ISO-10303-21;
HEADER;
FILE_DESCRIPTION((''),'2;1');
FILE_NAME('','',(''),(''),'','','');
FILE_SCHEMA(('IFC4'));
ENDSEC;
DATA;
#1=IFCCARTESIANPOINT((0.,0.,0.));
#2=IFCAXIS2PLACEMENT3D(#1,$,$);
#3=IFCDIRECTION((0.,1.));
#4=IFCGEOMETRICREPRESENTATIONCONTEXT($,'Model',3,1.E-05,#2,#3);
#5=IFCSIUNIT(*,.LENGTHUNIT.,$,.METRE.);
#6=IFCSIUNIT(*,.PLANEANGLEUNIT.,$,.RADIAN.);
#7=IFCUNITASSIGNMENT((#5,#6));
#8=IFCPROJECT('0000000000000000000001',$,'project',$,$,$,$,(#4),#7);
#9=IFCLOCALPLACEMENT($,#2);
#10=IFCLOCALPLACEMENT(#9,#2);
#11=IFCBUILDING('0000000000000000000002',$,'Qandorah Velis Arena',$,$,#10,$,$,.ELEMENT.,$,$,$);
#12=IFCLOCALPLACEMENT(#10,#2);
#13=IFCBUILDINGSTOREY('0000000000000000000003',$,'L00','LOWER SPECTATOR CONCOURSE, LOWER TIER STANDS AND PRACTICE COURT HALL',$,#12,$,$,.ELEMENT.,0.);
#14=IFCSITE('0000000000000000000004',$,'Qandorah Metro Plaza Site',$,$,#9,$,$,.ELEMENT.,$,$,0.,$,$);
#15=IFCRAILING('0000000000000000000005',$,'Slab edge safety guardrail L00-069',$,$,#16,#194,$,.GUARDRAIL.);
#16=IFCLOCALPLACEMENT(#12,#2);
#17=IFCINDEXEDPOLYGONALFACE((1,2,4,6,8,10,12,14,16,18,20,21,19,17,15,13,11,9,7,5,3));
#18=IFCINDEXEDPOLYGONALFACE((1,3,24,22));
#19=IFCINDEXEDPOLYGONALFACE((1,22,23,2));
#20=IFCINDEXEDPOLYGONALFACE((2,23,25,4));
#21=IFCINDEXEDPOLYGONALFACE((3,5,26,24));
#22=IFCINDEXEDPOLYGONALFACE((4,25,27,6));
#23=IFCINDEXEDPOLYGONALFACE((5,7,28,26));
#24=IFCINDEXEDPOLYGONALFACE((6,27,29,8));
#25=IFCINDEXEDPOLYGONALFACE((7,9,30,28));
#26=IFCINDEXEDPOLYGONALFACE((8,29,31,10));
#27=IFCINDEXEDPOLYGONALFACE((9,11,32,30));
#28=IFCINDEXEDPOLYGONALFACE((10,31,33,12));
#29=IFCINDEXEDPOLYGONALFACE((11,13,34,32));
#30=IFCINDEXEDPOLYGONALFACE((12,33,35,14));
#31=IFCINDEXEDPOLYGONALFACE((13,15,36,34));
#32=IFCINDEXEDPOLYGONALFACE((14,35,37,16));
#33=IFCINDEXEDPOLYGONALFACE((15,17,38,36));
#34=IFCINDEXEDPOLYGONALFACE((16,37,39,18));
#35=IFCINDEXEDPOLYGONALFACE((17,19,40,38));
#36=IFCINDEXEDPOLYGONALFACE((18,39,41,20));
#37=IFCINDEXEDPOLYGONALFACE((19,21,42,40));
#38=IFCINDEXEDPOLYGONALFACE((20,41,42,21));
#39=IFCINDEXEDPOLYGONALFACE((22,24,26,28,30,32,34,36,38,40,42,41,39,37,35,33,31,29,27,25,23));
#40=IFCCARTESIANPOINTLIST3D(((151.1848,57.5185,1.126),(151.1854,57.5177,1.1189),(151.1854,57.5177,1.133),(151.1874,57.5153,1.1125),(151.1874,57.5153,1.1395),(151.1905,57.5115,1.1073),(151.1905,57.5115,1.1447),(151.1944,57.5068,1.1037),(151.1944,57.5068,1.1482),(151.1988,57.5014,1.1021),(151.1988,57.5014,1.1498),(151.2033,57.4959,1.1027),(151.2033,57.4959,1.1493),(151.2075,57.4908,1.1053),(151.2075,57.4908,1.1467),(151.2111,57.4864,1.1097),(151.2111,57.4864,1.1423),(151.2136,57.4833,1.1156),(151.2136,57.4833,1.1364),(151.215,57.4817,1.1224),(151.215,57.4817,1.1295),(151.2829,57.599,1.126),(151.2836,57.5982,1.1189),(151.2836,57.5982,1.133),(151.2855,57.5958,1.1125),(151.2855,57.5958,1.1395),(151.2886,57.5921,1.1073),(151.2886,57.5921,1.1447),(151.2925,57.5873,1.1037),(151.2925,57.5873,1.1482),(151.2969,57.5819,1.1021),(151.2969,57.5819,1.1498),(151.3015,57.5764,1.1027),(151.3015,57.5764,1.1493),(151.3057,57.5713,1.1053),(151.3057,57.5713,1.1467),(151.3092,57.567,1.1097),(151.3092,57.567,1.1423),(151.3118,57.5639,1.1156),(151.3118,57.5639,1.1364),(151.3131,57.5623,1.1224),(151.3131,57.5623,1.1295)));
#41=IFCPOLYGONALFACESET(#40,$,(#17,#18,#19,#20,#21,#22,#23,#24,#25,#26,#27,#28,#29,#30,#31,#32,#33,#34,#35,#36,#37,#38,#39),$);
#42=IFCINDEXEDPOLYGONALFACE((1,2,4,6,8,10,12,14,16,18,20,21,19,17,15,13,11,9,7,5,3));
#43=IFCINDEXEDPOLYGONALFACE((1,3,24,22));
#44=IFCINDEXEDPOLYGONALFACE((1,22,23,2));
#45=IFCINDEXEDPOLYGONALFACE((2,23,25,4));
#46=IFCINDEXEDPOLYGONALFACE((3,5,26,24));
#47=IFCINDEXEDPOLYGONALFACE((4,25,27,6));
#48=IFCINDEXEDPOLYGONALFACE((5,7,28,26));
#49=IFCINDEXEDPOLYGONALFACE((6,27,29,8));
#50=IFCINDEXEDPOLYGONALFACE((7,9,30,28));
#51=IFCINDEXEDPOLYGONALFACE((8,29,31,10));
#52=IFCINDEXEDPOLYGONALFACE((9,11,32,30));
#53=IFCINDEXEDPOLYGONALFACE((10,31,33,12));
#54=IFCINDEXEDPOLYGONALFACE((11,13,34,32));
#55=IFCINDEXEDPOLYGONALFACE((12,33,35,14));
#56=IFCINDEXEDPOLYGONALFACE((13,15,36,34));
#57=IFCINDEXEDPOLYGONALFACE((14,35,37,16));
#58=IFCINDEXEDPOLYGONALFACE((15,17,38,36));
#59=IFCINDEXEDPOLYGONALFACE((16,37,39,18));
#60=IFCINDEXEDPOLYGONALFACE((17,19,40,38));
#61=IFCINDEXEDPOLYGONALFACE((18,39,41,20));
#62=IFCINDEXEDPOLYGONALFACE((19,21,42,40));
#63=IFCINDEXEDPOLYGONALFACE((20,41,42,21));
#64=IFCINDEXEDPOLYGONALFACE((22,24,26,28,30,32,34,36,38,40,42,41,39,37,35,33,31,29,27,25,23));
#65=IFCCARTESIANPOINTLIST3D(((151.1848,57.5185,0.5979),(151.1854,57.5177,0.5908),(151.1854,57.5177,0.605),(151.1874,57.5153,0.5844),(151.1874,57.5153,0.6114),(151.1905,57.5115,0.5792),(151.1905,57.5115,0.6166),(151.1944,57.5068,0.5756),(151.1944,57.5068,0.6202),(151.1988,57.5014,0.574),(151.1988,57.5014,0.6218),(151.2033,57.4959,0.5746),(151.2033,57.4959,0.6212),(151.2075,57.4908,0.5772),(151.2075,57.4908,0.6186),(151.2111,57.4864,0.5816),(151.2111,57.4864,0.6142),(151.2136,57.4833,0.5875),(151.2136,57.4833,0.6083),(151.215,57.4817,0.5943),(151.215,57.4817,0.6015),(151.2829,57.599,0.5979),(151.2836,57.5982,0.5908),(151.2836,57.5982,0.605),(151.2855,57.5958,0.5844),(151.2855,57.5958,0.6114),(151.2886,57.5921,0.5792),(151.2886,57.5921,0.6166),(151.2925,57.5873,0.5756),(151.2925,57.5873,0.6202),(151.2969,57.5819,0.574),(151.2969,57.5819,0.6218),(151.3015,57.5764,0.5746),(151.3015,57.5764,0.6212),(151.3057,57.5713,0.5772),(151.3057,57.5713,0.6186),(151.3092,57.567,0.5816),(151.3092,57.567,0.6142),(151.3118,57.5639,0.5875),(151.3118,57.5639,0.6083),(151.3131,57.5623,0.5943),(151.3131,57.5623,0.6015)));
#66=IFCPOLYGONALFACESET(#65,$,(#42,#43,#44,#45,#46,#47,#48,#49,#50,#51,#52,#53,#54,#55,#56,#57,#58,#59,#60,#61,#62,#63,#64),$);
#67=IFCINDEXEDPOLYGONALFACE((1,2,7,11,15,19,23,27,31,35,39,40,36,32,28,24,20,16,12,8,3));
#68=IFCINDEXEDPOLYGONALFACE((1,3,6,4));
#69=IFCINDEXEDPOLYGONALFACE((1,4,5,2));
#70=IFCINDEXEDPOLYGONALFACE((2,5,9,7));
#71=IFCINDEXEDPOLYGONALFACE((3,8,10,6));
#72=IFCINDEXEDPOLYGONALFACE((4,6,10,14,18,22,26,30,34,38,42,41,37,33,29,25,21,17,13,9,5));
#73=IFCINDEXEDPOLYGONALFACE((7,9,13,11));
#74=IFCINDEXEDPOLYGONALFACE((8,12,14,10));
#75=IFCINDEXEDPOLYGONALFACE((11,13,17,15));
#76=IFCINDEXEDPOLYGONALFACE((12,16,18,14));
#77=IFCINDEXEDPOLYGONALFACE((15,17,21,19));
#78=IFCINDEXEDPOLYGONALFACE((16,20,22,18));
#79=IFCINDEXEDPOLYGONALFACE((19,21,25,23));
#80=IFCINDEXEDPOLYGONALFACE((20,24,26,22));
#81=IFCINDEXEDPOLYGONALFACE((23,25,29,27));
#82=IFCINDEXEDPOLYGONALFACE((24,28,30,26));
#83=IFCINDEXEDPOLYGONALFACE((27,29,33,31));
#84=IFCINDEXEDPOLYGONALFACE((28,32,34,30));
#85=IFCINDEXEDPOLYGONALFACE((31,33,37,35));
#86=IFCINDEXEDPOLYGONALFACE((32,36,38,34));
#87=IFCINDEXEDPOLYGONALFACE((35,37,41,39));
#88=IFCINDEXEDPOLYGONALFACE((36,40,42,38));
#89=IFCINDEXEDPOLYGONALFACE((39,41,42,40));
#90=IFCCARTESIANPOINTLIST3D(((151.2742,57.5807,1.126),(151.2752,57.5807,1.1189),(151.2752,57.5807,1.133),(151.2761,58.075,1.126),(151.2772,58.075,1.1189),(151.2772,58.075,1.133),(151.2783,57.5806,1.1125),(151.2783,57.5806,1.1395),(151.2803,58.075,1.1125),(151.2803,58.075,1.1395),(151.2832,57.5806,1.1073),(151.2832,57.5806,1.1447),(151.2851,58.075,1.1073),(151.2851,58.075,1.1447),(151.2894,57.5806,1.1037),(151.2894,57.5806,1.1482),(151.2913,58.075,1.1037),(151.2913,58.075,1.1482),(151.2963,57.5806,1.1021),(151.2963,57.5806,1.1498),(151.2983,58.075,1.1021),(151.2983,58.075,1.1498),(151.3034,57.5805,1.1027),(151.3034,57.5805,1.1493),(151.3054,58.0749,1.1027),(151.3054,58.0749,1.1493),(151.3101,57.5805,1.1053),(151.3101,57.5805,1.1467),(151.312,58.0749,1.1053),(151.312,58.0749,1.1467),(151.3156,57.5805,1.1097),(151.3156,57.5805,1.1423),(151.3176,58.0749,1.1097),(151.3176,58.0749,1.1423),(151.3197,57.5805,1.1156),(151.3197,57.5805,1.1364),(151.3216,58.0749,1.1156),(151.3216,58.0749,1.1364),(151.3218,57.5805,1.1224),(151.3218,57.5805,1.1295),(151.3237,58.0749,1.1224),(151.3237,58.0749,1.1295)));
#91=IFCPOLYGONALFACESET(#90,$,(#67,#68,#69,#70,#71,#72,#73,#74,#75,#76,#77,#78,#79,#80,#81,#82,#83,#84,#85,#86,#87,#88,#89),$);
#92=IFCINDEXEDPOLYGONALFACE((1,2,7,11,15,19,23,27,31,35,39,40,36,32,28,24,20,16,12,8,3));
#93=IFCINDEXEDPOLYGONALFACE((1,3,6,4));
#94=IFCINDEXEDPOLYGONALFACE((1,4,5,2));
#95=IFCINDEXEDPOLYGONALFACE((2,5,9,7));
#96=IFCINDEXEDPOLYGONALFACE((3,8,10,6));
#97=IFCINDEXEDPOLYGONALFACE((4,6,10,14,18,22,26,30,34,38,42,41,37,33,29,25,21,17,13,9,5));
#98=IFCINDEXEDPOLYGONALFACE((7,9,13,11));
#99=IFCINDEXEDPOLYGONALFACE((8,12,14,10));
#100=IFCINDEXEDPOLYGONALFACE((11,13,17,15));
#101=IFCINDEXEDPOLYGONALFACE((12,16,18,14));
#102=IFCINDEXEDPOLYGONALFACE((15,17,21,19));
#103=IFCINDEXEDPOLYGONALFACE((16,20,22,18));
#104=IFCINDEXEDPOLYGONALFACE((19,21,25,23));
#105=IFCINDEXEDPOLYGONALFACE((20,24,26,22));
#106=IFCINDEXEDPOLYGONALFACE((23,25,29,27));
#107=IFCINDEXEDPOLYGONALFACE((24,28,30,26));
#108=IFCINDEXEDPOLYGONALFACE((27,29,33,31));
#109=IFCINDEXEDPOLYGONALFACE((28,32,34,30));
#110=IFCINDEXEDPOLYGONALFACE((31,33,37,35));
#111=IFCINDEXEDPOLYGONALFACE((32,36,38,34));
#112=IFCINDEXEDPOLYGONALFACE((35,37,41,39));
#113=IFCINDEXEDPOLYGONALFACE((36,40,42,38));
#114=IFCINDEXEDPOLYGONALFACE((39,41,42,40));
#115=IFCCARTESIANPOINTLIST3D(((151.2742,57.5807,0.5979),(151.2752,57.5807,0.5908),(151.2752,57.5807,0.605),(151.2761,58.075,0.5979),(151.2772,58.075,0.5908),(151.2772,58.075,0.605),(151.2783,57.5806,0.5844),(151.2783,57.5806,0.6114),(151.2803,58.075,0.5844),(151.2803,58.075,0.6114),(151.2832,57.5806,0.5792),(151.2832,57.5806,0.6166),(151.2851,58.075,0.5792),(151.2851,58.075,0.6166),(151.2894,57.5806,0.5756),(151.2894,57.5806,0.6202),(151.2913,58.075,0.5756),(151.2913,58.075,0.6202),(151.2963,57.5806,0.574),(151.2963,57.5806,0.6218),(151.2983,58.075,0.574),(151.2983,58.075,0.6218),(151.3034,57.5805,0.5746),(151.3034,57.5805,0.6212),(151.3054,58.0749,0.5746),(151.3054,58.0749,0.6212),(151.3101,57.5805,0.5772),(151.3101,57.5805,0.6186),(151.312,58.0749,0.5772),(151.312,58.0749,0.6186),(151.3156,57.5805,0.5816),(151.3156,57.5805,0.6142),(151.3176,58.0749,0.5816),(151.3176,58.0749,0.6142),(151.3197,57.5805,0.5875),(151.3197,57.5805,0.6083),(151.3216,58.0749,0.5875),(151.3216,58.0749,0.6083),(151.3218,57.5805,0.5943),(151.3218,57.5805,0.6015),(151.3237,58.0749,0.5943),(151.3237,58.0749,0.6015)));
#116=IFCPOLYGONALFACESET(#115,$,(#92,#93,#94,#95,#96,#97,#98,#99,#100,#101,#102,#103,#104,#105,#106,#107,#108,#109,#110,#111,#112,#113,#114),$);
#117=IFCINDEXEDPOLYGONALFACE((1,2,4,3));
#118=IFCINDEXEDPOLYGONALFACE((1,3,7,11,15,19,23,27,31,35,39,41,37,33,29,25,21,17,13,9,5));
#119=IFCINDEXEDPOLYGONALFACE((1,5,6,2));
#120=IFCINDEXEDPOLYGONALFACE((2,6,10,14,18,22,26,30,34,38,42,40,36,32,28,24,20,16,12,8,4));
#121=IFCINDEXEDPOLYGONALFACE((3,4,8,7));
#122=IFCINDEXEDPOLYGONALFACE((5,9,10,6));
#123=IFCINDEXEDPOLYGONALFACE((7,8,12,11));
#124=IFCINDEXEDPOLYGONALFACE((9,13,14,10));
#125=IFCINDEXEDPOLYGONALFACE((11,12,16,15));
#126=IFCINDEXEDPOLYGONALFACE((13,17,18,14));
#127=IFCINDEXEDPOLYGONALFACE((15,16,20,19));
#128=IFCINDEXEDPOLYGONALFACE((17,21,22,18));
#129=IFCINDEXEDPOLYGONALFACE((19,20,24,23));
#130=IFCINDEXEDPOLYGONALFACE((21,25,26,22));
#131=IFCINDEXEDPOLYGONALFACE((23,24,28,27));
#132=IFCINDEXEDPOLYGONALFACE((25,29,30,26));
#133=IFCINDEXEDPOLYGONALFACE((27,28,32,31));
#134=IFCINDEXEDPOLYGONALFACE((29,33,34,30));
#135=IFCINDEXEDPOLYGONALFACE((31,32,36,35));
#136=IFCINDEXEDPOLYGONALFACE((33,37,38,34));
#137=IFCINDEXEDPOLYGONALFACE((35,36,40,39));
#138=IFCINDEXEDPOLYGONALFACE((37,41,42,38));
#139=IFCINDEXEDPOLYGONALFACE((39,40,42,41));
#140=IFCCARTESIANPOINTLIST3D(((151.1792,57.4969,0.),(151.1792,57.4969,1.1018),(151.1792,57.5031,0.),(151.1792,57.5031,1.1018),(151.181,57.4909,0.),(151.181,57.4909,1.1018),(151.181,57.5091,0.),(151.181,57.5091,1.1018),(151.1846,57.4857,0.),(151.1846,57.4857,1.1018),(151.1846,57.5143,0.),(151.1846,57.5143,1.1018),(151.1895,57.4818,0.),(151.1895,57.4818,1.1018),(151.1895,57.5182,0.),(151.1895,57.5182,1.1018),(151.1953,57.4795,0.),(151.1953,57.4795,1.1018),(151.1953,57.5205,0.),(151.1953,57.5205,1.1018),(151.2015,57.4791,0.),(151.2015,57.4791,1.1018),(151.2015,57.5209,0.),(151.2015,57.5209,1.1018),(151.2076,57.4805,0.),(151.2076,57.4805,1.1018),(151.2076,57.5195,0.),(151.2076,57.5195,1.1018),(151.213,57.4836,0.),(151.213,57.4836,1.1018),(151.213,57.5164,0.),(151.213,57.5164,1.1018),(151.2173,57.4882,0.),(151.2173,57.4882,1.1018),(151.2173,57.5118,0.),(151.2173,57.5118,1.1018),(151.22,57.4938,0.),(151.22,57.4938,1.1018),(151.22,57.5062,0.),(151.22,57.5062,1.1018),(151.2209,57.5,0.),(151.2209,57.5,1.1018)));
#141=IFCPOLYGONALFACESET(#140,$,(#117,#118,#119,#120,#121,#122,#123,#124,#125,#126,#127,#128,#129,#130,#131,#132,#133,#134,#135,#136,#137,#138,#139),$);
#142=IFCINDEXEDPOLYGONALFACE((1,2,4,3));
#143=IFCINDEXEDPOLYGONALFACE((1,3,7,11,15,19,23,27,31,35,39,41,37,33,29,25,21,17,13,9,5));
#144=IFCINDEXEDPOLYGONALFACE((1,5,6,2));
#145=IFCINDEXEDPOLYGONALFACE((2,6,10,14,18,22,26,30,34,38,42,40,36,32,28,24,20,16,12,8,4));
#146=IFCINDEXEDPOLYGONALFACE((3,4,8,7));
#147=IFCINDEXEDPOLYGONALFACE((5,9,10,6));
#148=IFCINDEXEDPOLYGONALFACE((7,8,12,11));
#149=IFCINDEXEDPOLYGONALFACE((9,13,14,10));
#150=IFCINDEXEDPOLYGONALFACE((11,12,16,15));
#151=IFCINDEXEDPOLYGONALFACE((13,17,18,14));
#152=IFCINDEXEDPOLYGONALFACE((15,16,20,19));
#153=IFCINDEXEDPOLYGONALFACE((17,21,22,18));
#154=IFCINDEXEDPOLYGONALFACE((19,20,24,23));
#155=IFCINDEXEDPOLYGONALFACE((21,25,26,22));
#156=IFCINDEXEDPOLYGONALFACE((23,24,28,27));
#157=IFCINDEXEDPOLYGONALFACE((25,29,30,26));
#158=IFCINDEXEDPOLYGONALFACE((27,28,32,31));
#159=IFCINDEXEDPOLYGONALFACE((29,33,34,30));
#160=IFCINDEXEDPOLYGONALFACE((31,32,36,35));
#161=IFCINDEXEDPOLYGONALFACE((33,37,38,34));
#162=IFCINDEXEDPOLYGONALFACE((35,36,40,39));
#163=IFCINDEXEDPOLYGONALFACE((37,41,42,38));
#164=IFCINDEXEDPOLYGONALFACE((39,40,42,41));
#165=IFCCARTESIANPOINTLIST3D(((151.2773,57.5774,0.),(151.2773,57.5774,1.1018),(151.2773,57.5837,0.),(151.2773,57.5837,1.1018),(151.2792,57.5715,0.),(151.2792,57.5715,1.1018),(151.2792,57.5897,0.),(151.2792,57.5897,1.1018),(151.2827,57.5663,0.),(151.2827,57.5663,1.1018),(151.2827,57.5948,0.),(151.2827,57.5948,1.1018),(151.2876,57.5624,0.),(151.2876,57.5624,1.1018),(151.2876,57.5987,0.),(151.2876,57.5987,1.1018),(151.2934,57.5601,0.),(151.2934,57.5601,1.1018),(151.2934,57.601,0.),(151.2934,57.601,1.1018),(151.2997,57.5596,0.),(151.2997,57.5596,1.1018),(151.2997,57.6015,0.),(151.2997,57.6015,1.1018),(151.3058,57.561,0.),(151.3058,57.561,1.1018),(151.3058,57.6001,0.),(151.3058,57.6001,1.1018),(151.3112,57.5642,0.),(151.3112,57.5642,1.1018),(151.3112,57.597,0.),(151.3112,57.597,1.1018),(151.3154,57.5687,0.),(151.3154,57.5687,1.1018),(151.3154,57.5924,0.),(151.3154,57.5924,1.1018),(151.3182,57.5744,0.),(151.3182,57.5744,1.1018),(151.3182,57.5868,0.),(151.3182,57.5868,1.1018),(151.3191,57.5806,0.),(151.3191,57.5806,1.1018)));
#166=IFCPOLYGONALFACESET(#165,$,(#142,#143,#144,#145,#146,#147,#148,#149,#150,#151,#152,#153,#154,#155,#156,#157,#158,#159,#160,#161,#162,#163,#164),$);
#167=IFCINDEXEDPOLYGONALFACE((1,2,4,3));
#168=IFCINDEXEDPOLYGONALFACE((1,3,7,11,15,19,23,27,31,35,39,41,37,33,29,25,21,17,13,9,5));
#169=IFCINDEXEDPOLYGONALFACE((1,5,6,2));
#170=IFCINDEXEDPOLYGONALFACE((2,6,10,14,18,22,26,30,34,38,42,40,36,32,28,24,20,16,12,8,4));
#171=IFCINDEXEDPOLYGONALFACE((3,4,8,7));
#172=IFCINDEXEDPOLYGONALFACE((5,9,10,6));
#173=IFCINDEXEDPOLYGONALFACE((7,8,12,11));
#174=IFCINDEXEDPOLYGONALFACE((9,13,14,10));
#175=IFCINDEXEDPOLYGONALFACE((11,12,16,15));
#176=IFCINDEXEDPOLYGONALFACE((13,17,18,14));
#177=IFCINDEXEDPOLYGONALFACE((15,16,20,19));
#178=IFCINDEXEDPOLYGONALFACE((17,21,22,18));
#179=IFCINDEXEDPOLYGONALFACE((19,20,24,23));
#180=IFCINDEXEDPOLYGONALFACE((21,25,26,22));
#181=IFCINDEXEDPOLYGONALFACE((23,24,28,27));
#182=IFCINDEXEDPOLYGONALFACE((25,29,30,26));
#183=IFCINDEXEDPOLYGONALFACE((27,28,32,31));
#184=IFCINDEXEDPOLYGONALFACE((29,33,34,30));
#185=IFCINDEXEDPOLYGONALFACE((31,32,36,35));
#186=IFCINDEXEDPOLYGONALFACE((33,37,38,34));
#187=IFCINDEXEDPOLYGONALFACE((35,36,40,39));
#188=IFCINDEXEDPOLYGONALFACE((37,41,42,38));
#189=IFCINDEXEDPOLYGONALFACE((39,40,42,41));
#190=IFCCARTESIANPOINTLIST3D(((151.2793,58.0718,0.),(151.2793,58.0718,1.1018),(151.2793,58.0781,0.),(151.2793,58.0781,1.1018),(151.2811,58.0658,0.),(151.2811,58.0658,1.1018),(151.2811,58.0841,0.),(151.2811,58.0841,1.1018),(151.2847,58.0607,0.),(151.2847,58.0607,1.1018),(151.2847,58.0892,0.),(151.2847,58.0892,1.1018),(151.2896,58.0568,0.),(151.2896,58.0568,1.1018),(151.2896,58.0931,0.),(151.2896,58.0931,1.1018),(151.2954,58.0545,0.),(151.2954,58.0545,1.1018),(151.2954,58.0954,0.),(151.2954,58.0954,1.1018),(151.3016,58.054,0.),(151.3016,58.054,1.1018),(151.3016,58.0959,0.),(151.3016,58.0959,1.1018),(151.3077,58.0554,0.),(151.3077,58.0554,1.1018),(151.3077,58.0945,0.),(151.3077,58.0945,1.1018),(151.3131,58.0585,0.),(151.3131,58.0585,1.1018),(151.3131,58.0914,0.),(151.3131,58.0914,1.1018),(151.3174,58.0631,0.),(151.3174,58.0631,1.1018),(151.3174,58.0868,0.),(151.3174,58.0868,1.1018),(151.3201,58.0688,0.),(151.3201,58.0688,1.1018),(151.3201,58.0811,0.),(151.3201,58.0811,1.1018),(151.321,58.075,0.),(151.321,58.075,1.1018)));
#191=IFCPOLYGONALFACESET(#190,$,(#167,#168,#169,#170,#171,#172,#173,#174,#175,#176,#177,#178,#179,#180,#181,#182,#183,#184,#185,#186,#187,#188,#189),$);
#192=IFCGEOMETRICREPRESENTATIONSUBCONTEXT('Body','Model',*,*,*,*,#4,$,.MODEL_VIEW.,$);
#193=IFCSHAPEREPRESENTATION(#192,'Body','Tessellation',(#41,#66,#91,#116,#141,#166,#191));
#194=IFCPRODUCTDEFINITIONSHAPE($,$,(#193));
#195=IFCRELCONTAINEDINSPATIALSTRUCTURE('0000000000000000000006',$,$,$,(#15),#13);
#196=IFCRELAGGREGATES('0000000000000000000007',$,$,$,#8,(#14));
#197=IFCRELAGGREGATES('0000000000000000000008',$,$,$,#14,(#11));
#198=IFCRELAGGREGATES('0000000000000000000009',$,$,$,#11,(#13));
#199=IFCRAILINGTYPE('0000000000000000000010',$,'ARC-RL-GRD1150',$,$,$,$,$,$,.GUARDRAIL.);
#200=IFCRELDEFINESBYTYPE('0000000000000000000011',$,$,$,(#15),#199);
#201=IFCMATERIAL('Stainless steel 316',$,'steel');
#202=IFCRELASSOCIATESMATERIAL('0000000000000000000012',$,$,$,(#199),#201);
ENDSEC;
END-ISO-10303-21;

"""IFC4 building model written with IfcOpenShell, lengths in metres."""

from ifc_helpers import new_model, si_unit, direction, frame, origin, origin_2d, place, context, subcontext, project, spatial, circle, extrude, material, type_object, element, save


model = new_model("IFC4")

# Units and contexts
model_context = context("Model", 3, precision=1e-05, world=origin(), true_north=direction((0.0, 1.0)))
body_context = subcontext(model_context, "Body", "Model", "MODEL_VIEW")
ifc_project = project(units=[si_unit("LENGTHUNIT", "METRE"), si_unit("PLANEANGLEUNIT", "RADIAN")], contexts=[model_context])

# Site, building, storey
site_placement = place(None, origin())
site = spatial("IfcSite", under=ifc_project, at=site_placement, Name="Qandorah Metro Plaza Site", CompositionType="ELEMENT", RefElevation=0.0)
building_placement = place(site_placement, origin())
building = spatial("IfcBuilding", under=site, at=building_placement, Name="Qandorah Velis Arena", CompositionType="ELEMENT")
storey_placement = place(building_placement, origin())
storey = spatial("IfcBuildingStorey", under=building, at=storey_placement, Name="L00", Description="LOWER SPECTATOR CONCOURSE, LOWER TIER STANDS AND PRACTICE COURT HALL", CompositionType="ELEMENT", Elevation=0.0)

# Railing
ifc_material_1 = material(Name="Stainless steel 316", Category="steel")
railing_type = type_object("IfcRailingType", Name="ARC-RL-GRD1150", PredefinedType="GUARDRAIL", material=ifc_material_1)
railing_placement = place(storey_placement, frame((151.2, 57.5, 0.0)))
element("IfcRailing", 1, at=railing_placement, inside=storey, type_object=railing_type, Name="Slab edge safety guardrail L00-069", PredefinedType="GUARDRAIL", context=body_context, shape_type="SweptSolid", body=[
    extrude(circle(Radius=0.0239, at=origin_2d()), frame((0.0, 0.0, 1.126), z_axis=(0.772928, 0.634493, 0.0), x_axis=(-0.634493, 0.772928, 0.0)), (0.0, 0.0, 1.0), 0.127),
    extrude(circle(Radius=0.0239, at=origin_2d()), frame((0.0, 0.0, 0.5979), z_axis=(0.772928, 0.634493, 0.0), x_axis=(-0.634493, 0.772928, 0.0)), (0.0, 0.0, 1.0), 0.127),
    extrude(circle(Radius=0.0239, at=origin_2d()), frame((0.0981, 0.0806, 1.126), z_axis=(0.003951, 0.999992, 0.0), x_axis=(-0.999992, 0.003951, 0.0)), (0.0, 0.0, 1.0), 0.4944),
    extrude(circle(Radius=0.0239, at=origin_2d()), frame((0.0981, 0.0806, 0.5979), z_axis=(0.003951, 0.999992, 0.0), x_axis=(-0.999992, 0.003951, 0.0)), (0.0, 0.0, 1.0), 0.4944),
    extrude(circle(Radius=0.021, at=origin_2d()), origin(), (0.0, 0.0, 1.0), 1.1018),
    extrude(circle(Radius=0.021, at=origin_2d()), frame((0.0981, 0.0806, 0.0)), (0.0, 0.0, 1.0), 1.1018),
    extrude(circle(Radius=0.021, at=origin_2d()), frame((0.1001, 0.575, 0.0)), (0.0, 0.0, 1.0), 1.1018),
])

save(model, "model.ifc")
